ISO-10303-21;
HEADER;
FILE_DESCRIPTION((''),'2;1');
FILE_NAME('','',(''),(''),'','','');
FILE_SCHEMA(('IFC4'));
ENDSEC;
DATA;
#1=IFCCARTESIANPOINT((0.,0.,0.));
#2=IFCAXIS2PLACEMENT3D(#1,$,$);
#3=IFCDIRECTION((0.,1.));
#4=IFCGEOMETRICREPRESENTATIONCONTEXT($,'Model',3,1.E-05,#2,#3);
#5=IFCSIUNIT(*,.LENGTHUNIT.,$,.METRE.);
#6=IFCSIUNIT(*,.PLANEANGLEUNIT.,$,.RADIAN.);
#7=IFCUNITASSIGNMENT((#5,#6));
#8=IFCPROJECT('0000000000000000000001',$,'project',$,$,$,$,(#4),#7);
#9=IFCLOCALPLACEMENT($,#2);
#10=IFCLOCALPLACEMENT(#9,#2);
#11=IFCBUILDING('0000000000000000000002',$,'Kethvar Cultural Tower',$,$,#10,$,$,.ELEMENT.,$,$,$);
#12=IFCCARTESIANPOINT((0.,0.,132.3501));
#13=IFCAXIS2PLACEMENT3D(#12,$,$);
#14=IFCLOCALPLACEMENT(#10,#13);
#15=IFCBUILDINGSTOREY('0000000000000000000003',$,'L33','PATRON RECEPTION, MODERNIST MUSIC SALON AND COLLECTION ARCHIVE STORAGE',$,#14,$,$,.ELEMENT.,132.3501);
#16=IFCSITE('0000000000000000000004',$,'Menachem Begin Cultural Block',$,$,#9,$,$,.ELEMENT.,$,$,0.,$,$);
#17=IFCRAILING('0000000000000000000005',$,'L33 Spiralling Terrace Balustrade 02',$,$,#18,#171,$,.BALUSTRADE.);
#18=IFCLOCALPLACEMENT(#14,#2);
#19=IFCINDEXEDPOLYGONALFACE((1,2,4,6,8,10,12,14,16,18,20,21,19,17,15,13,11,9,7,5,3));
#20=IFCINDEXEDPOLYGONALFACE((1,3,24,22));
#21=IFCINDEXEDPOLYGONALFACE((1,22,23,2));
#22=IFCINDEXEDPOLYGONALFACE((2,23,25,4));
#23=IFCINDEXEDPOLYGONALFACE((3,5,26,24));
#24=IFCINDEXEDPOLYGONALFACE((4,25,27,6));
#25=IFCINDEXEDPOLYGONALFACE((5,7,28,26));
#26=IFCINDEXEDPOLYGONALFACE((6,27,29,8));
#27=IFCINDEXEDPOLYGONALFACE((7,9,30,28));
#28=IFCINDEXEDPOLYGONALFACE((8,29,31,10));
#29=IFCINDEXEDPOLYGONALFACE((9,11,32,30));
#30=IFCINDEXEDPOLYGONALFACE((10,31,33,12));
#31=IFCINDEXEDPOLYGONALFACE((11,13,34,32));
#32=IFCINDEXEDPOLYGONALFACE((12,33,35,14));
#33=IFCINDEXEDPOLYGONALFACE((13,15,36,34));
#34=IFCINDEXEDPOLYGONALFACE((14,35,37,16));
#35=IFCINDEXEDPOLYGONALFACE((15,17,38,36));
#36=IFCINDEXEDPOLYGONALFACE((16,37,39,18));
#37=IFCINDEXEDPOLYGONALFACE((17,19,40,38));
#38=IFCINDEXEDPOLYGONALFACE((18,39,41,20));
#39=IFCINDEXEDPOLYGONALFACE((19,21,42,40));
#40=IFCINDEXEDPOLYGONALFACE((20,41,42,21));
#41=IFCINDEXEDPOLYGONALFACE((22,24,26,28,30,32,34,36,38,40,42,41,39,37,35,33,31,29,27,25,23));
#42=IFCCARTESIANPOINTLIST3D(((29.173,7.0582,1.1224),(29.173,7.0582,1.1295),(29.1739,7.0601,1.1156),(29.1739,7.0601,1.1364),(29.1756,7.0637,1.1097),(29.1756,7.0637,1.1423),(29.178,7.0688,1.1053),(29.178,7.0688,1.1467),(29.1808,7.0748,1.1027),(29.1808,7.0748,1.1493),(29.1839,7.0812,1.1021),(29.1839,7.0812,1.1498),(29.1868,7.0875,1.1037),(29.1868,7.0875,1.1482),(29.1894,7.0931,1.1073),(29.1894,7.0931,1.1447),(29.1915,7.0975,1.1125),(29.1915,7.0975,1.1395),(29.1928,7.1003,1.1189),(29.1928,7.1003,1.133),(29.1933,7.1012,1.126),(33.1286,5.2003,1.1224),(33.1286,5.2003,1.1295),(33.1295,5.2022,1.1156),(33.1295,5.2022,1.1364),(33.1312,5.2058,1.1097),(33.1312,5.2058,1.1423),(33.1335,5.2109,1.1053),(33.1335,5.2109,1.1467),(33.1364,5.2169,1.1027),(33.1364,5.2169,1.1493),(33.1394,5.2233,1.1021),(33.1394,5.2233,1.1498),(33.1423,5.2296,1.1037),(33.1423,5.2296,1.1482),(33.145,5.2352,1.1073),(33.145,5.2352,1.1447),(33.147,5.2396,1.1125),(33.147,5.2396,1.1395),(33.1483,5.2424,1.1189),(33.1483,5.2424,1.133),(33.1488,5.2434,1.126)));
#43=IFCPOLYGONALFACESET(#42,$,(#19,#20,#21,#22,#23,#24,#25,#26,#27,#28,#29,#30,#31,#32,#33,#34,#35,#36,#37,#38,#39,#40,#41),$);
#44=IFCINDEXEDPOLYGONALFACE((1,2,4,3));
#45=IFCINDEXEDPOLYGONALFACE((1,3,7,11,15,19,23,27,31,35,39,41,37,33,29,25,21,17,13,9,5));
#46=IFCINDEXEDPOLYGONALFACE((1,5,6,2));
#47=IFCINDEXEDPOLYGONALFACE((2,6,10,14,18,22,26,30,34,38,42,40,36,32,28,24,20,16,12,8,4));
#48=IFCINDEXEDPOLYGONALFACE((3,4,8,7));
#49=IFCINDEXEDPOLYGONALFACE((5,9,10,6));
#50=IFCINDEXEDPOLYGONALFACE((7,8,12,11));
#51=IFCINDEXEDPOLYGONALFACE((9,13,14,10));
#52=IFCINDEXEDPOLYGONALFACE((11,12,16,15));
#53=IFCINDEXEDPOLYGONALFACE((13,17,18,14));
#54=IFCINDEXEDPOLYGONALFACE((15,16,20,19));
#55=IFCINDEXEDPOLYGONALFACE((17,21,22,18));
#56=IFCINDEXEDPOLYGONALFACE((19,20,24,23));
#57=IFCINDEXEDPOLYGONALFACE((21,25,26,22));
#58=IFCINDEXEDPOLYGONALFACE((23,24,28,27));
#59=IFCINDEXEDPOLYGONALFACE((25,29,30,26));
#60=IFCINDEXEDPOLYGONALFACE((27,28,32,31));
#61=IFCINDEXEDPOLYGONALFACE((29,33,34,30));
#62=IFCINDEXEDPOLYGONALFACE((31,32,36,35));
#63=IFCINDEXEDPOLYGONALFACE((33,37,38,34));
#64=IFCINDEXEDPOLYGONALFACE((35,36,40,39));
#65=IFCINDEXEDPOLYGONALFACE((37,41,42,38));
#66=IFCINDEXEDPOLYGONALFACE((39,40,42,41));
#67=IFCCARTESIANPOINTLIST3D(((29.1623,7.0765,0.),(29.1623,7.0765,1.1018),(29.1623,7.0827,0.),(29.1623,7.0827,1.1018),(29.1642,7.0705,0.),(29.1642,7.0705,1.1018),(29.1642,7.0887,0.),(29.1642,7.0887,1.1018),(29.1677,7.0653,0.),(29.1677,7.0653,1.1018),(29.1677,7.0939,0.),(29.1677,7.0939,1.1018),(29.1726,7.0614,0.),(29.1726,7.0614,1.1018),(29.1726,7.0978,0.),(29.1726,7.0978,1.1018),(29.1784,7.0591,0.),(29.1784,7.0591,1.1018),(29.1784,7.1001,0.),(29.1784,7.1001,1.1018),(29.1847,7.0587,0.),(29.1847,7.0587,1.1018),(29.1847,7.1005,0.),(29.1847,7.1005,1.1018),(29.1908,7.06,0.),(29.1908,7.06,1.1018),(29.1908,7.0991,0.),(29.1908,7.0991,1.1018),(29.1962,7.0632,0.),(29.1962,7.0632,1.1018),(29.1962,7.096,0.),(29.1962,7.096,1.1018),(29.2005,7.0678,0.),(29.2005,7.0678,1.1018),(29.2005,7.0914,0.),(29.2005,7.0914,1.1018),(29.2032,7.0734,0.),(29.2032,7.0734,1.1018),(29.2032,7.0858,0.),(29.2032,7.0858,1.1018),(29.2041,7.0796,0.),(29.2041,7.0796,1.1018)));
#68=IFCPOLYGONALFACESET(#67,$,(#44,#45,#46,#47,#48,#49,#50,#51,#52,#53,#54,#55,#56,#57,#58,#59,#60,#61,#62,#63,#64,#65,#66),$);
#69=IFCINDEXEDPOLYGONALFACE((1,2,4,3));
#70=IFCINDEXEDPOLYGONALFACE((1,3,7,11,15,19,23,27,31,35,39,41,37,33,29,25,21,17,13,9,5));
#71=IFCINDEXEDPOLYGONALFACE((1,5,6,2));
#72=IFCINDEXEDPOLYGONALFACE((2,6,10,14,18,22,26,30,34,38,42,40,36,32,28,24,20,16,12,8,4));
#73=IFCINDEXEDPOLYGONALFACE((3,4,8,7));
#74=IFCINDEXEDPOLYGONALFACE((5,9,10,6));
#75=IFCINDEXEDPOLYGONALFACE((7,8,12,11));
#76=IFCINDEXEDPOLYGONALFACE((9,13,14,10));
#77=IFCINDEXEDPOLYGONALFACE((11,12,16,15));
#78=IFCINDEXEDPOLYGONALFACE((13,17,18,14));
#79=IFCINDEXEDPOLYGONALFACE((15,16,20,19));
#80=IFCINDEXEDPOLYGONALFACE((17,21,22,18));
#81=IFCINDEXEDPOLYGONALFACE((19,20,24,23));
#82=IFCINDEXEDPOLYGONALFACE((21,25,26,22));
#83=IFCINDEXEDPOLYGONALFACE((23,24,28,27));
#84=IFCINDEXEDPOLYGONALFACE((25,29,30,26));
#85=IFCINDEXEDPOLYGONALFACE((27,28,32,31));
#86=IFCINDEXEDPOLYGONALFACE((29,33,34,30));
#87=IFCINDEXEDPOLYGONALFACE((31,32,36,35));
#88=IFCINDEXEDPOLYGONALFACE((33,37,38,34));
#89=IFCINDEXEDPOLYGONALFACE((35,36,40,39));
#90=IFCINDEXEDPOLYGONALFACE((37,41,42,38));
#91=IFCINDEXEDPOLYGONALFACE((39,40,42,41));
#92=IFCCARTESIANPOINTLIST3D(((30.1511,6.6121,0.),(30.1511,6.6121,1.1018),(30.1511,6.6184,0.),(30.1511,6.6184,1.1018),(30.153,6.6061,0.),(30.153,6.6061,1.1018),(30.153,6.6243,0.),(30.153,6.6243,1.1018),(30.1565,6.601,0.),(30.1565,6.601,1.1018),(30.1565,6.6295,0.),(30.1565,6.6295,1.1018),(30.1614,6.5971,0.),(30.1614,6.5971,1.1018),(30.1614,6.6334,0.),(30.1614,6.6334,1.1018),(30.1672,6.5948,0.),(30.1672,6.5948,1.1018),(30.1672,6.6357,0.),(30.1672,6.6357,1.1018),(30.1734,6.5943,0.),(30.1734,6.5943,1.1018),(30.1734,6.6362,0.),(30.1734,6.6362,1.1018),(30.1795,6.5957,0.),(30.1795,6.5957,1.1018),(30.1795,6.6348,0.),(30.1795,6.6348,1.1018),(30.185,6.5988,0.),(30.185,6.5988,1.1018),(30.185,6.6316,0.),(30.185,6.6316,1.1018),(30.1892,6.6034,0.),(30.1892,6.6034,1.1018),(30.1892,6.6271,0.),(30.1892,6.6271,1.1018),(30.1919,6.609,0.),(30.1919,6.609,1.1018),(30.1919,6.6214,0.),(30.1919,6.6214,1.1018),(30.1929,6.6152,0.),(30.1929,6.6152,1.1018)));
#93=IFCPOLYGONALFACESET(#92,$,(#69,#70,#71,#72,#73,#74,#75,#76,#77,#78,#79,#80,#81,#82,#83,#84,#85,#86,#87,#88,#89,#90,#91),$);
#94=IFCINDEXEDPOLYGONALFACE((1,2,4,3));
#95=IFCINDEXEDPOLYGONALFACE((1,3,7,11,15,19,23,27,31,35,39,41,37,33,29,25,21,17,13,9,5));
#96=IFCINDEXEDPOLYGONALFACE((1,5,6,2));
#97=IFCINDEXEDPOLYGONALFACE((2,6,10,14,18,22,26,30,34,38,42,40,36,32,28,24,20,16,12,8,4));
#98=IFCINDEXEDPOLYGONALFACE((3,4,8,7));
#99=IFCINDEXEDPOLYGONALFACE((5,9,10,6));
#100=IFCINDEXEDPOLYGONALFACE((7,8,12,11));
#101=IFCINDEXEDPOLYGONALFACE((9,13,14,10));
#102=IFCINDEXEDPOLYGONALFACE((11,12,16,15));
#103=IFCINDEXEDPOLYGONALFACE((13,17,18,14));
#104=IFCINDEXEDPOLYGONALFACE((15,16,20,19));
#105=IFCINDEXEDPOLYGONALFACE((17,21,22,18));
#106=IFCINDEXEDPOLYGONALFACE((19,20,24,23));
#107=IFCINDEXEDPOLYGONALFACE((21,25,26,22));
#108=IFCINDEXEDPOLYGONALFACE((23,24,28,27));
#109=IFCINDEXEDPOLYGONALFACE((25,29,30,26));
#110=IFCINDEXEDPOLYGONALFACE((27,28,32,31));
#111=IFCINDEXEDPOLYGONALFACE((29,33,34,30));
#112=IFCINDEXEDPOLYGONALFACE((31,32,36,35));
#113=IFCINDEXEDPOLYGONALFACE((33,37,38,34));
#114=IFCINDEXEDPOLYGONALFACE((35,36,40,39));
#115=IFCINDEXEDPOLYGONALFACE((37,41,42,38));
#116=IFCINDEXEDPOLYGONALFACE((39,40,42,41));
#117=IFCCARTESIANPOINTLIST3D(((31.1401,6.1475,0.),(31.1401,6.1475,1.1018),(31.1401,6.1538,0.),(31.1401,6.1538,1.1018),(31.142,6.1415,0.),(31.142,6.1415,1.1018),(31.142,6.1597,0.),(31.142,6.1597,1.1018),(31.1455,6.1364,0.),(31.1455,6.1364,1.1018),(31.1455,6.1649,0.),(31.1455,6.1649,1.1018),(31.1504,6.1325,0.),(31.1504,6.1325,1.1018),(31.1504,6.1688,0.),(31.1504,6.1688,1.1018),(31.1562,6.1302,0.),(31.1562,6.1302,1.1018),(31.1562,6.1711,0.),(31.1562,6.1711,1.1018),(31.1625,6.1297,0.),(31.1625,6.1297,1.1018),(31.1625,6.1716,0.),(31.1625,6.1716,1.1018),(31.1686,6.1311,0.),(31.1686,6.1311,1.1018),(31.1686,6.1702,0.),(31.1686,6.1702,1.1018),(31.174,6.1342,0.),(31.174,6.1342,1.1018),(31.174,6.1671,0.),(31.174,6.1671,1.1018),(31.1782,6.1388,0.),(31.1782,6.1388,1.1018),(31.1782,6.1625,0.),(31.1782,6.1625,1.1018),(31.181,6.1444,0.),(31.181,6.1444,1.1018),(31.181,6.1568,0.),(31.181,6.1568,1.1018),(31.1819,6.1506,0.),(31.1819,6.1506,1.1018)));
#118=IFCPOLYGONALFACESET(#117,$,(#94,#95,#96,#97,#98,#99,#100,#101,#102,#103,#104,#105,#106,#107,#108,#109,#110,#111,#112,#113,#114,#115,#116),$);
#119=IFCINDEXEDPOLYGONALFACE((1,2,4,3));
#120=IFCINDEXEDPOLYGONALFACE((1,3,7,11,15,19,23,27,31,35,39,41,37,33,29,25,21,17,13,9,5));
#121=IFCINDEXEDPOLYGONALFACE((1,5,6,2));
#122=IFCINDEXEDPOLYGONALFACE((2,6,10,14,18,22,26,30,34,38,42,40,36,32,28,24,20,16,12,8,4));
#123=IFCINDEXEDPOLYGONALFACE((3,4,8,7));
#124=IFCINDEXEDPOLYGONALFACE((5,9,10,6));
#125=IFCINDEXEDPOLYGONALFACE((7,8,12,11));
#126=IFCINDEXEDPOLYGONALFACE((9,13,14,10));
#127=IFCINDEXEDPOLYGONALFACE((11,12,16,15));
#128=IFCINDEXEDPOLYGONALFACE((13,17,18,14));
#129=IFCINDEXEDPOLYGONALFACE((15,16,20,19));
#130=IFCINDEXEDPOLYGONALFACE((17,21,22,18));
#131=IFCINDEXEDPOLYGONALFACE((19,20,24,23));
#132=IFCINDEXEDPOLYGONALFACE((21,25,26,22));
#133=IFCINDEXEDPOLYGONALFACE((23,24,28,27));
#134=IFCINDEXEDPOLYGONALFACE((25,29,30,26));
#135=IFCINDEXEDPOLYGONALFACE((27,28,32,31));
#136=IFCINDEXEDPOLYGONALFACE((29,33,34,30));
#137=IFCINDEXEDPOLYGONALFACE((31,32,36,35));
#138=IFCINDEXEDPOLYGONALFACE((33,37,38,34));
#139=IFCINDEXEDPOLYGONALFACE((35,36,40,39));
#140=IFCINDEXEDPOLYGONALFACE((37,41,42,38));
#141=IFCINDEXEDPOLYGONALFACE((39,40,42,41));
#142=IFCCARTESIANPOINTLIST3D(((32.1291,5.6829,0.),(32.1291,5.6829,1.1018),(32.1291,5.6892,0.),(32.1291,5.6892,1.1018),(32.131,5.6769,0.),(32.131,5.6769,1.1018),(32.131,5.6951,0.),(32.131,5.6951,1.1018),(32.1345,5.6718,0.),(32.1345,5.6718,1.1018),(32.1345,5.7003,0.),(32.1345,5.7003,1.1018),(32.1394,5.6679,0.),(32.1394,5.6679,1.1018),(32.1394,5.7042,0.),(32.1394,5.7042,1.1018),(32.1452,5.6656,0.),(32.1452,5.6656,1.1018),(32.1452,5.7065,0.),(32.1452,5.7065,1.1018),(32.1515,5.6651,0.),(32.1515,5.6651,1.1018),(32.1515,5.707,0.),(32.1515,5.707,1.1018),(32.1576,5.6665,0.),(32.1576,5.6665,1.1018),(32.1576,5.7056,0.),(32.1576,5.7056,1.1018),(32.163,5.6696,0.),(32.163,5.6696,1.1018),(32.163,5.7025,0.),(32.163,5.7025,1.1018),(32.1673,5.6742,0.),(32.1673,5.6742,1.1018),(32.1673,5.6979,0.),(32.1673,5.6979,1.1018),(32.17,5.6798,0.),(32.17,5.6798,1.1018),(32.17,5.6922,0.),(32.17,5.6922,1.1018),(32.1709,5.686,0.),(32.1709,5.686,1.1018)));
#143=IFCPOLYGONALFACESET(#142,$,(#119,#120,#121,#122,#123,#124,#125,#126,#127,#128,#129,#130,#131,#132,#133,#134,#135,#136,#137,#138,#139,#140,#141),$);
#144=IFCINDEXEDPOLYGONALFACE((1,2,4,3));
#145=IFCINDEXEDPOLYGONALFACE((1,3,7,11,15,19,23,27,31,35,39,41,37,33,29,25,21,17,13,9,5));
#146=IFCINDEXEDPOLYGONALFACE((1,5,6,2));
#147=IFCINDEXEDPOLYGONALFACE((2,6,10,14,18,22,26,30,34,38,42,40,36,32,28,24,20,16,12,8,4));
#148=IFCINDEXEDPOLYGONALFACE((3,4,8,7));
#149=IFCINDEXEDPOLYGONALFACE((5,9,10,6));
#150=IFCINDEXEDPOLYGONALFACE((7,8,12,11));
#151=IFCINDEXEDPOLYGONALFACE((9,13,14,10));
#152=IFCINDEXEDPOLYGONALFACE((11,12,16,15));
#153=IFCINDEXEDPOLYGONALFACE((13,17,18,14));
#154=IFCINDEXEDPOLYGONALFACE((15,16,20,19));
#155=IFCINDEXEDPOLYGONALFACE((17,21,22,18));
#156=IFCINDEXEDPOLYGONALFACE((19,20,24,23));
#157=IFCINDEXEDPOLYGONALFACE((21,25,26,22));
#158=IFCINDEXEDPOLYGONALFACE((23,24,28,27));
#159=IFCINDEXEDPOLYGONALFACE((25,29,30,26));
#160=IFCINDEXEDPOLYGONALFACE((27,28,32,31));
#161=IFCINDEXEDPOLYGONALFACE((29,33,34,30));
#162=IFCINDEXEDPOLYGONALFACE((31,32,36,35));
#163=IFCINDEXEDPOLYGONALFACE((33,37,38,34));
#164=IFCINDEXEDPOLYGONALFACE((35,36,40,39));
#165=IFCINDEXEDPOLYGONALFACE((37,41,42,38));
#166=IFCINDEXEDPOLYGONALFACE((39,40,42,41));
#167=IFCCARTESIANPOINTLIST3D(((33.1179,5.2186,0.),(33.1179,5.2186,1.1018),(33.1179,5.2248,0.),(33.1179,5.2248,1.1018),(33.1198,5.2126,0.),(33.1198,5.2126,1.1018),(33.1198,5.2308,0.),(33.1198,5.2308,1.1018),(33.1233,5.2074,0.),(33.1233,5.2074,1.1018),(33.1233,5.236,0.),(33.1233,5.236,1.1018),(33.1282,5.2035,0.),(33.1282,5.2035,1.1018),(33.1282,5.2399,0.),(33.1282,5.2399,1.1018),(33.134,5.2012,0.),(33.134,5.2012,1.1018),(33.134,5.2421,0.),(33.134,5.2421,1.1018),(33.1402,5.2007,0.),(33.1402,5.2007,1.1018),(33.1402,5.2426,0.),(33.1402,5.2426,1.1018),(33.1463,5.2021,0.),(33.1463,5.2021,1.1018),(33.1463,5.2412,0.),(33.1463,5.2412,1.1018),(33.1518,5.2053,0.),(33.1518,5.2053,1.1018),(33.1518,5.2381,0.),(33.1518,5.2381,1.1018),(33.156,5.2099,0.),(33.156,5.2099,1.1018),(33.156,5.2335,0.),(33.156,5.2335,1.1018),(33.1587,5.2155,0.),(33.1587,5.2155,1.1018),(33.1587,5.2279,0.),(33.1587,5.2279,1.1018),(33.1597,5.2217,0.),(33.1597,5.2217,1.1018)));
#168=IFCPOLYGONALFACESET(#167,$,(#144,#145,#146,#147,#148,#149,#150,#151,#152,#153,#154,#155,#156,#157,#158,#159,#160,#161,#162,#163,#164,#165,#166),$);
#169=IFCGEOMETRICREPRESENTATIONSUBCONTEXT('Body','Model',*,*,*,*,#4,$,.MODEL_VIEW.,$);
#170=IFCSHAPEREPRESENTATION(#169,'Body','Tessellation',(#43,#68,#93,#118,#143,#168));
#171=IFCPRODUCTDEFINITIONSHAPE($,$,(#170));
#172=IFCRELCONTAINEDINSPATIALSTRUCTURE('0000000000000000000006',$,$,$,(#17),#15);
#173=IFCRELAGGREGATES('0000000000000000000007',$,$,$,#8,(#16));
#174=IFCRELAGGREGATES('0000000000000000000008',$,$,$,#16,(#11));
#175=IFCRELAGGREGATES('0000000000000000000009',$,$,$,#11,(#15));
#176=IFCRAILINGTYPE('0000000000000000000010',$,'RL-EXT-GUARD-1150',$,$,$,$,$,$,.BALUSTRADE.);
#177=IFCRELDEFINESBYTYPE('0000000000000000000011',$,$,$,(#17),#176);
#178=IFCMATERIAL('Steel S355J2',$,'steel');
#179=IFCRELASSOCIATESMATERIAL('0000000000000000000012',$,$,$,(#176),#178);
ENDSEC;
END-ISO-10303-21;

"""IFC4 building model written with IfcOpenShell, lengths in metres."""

from ifc_helpers import new_model, si_unit, direction, frame, origin, origin_2d, place, context, subcontext, project, spatial, circle, extrude, material, type_object, element, save


model = new_model("IFC4")

# Units and contexts
model_context = context("Model", 3, precision=1e-05, world=origin(), true_north=direction((0.0, 1.0)))
body_context = subcontext(model_context, "Body", "Model", "MODEL_VIEW")
ifc_project = project(units=[si_unit("LENGTHUNIT", "METRE"), si_unit("PLANEANGLEUNIT", "RADIAN")], contexts=[model_context])

# Site, building, storey
site_placement = place(None, origin())
site = spatial("IfcSite", under=ifc_project, at=site_placement, Name="Menachem Begin Cultural Block", CompositionType="ELEMENT", RefElevation=0.0)
building_placement = place(site_placement, origin())
building = spatial("IfcBuilding", under=site, at=building_placement, Name="Kethvar Cultural Tower", CompositionType="ELEMENT")
storey_placement = place(building_placement, frame((0.0, 0.0, 132.3501)))
storey = spatial("IfcBuildingStorey", under=building, at=storey_placement, Name="L33", Description="PATRON RECEPTION, MODERNIST MUSIC SALON AND COLLECTION ARCHIVE STORAGE", CompositionType="ELEMENT", Elevation=132.3501)

# Shared definitions
ifc_material_1 = material(Name="Steel S355J2", Category="steel")

# Railing
railing_type = type_object("IfcRailingType", Name="RL-EXT-GUARD-1150", PredefinedType="BALUSTRADE", material=ifc_material_1)
railing_1_placement = place(storey_placement, frame((29.1831, 7.0796, 0.0)))
element("IfcRailing", 1, at=railing_1_placement, inside=storey, type_object=railing_type, Name="L33 Spiralling Terrace Balustrade 02", PredefinedType="BALUSTRADE", context=body_context, shape_type="SweptSolid", body=[
    extrude(circle(Radius=0.0239, at=origin_2d()), frame((0.0, 0.0, 1.126), z_axis=(0.90513, -0.425135, 0.0), x_axis=(0.425135, 0.90513, 0.0)), (0.0, 0.0, 1.0), 4.3701),
    extrude(circle(Radius=0.021, at=origin_2d()), origin(), (0.0, 0.0, 1.0), 1.1018),
    extrude(circle(Radius=0.021, at=origin_2d()), frame((0.9888, -0.4644, 0.0)), (0.0, 0.0, 1.0), 1.1018),
    extrude(circle(Radius=0.021, at=origin_2d()), frame((1.9778, -0.929, 0.0)), (0.0, 0.0, 1.0), 1.1018),
    extrude(circle(Radius=0.021, at=origin_2d()), frame((2.9668, -1.3936, 0.0)), (0.0, 0.0, 1.0), 1.1018),
    extrude(circle(Radius=0.021, at=origin_2d()), frame((3.9556, -1.8579, 0.0)), (0.0, 0.0, 1.0), 1.1018),
])

save(model, "model.ifc")
